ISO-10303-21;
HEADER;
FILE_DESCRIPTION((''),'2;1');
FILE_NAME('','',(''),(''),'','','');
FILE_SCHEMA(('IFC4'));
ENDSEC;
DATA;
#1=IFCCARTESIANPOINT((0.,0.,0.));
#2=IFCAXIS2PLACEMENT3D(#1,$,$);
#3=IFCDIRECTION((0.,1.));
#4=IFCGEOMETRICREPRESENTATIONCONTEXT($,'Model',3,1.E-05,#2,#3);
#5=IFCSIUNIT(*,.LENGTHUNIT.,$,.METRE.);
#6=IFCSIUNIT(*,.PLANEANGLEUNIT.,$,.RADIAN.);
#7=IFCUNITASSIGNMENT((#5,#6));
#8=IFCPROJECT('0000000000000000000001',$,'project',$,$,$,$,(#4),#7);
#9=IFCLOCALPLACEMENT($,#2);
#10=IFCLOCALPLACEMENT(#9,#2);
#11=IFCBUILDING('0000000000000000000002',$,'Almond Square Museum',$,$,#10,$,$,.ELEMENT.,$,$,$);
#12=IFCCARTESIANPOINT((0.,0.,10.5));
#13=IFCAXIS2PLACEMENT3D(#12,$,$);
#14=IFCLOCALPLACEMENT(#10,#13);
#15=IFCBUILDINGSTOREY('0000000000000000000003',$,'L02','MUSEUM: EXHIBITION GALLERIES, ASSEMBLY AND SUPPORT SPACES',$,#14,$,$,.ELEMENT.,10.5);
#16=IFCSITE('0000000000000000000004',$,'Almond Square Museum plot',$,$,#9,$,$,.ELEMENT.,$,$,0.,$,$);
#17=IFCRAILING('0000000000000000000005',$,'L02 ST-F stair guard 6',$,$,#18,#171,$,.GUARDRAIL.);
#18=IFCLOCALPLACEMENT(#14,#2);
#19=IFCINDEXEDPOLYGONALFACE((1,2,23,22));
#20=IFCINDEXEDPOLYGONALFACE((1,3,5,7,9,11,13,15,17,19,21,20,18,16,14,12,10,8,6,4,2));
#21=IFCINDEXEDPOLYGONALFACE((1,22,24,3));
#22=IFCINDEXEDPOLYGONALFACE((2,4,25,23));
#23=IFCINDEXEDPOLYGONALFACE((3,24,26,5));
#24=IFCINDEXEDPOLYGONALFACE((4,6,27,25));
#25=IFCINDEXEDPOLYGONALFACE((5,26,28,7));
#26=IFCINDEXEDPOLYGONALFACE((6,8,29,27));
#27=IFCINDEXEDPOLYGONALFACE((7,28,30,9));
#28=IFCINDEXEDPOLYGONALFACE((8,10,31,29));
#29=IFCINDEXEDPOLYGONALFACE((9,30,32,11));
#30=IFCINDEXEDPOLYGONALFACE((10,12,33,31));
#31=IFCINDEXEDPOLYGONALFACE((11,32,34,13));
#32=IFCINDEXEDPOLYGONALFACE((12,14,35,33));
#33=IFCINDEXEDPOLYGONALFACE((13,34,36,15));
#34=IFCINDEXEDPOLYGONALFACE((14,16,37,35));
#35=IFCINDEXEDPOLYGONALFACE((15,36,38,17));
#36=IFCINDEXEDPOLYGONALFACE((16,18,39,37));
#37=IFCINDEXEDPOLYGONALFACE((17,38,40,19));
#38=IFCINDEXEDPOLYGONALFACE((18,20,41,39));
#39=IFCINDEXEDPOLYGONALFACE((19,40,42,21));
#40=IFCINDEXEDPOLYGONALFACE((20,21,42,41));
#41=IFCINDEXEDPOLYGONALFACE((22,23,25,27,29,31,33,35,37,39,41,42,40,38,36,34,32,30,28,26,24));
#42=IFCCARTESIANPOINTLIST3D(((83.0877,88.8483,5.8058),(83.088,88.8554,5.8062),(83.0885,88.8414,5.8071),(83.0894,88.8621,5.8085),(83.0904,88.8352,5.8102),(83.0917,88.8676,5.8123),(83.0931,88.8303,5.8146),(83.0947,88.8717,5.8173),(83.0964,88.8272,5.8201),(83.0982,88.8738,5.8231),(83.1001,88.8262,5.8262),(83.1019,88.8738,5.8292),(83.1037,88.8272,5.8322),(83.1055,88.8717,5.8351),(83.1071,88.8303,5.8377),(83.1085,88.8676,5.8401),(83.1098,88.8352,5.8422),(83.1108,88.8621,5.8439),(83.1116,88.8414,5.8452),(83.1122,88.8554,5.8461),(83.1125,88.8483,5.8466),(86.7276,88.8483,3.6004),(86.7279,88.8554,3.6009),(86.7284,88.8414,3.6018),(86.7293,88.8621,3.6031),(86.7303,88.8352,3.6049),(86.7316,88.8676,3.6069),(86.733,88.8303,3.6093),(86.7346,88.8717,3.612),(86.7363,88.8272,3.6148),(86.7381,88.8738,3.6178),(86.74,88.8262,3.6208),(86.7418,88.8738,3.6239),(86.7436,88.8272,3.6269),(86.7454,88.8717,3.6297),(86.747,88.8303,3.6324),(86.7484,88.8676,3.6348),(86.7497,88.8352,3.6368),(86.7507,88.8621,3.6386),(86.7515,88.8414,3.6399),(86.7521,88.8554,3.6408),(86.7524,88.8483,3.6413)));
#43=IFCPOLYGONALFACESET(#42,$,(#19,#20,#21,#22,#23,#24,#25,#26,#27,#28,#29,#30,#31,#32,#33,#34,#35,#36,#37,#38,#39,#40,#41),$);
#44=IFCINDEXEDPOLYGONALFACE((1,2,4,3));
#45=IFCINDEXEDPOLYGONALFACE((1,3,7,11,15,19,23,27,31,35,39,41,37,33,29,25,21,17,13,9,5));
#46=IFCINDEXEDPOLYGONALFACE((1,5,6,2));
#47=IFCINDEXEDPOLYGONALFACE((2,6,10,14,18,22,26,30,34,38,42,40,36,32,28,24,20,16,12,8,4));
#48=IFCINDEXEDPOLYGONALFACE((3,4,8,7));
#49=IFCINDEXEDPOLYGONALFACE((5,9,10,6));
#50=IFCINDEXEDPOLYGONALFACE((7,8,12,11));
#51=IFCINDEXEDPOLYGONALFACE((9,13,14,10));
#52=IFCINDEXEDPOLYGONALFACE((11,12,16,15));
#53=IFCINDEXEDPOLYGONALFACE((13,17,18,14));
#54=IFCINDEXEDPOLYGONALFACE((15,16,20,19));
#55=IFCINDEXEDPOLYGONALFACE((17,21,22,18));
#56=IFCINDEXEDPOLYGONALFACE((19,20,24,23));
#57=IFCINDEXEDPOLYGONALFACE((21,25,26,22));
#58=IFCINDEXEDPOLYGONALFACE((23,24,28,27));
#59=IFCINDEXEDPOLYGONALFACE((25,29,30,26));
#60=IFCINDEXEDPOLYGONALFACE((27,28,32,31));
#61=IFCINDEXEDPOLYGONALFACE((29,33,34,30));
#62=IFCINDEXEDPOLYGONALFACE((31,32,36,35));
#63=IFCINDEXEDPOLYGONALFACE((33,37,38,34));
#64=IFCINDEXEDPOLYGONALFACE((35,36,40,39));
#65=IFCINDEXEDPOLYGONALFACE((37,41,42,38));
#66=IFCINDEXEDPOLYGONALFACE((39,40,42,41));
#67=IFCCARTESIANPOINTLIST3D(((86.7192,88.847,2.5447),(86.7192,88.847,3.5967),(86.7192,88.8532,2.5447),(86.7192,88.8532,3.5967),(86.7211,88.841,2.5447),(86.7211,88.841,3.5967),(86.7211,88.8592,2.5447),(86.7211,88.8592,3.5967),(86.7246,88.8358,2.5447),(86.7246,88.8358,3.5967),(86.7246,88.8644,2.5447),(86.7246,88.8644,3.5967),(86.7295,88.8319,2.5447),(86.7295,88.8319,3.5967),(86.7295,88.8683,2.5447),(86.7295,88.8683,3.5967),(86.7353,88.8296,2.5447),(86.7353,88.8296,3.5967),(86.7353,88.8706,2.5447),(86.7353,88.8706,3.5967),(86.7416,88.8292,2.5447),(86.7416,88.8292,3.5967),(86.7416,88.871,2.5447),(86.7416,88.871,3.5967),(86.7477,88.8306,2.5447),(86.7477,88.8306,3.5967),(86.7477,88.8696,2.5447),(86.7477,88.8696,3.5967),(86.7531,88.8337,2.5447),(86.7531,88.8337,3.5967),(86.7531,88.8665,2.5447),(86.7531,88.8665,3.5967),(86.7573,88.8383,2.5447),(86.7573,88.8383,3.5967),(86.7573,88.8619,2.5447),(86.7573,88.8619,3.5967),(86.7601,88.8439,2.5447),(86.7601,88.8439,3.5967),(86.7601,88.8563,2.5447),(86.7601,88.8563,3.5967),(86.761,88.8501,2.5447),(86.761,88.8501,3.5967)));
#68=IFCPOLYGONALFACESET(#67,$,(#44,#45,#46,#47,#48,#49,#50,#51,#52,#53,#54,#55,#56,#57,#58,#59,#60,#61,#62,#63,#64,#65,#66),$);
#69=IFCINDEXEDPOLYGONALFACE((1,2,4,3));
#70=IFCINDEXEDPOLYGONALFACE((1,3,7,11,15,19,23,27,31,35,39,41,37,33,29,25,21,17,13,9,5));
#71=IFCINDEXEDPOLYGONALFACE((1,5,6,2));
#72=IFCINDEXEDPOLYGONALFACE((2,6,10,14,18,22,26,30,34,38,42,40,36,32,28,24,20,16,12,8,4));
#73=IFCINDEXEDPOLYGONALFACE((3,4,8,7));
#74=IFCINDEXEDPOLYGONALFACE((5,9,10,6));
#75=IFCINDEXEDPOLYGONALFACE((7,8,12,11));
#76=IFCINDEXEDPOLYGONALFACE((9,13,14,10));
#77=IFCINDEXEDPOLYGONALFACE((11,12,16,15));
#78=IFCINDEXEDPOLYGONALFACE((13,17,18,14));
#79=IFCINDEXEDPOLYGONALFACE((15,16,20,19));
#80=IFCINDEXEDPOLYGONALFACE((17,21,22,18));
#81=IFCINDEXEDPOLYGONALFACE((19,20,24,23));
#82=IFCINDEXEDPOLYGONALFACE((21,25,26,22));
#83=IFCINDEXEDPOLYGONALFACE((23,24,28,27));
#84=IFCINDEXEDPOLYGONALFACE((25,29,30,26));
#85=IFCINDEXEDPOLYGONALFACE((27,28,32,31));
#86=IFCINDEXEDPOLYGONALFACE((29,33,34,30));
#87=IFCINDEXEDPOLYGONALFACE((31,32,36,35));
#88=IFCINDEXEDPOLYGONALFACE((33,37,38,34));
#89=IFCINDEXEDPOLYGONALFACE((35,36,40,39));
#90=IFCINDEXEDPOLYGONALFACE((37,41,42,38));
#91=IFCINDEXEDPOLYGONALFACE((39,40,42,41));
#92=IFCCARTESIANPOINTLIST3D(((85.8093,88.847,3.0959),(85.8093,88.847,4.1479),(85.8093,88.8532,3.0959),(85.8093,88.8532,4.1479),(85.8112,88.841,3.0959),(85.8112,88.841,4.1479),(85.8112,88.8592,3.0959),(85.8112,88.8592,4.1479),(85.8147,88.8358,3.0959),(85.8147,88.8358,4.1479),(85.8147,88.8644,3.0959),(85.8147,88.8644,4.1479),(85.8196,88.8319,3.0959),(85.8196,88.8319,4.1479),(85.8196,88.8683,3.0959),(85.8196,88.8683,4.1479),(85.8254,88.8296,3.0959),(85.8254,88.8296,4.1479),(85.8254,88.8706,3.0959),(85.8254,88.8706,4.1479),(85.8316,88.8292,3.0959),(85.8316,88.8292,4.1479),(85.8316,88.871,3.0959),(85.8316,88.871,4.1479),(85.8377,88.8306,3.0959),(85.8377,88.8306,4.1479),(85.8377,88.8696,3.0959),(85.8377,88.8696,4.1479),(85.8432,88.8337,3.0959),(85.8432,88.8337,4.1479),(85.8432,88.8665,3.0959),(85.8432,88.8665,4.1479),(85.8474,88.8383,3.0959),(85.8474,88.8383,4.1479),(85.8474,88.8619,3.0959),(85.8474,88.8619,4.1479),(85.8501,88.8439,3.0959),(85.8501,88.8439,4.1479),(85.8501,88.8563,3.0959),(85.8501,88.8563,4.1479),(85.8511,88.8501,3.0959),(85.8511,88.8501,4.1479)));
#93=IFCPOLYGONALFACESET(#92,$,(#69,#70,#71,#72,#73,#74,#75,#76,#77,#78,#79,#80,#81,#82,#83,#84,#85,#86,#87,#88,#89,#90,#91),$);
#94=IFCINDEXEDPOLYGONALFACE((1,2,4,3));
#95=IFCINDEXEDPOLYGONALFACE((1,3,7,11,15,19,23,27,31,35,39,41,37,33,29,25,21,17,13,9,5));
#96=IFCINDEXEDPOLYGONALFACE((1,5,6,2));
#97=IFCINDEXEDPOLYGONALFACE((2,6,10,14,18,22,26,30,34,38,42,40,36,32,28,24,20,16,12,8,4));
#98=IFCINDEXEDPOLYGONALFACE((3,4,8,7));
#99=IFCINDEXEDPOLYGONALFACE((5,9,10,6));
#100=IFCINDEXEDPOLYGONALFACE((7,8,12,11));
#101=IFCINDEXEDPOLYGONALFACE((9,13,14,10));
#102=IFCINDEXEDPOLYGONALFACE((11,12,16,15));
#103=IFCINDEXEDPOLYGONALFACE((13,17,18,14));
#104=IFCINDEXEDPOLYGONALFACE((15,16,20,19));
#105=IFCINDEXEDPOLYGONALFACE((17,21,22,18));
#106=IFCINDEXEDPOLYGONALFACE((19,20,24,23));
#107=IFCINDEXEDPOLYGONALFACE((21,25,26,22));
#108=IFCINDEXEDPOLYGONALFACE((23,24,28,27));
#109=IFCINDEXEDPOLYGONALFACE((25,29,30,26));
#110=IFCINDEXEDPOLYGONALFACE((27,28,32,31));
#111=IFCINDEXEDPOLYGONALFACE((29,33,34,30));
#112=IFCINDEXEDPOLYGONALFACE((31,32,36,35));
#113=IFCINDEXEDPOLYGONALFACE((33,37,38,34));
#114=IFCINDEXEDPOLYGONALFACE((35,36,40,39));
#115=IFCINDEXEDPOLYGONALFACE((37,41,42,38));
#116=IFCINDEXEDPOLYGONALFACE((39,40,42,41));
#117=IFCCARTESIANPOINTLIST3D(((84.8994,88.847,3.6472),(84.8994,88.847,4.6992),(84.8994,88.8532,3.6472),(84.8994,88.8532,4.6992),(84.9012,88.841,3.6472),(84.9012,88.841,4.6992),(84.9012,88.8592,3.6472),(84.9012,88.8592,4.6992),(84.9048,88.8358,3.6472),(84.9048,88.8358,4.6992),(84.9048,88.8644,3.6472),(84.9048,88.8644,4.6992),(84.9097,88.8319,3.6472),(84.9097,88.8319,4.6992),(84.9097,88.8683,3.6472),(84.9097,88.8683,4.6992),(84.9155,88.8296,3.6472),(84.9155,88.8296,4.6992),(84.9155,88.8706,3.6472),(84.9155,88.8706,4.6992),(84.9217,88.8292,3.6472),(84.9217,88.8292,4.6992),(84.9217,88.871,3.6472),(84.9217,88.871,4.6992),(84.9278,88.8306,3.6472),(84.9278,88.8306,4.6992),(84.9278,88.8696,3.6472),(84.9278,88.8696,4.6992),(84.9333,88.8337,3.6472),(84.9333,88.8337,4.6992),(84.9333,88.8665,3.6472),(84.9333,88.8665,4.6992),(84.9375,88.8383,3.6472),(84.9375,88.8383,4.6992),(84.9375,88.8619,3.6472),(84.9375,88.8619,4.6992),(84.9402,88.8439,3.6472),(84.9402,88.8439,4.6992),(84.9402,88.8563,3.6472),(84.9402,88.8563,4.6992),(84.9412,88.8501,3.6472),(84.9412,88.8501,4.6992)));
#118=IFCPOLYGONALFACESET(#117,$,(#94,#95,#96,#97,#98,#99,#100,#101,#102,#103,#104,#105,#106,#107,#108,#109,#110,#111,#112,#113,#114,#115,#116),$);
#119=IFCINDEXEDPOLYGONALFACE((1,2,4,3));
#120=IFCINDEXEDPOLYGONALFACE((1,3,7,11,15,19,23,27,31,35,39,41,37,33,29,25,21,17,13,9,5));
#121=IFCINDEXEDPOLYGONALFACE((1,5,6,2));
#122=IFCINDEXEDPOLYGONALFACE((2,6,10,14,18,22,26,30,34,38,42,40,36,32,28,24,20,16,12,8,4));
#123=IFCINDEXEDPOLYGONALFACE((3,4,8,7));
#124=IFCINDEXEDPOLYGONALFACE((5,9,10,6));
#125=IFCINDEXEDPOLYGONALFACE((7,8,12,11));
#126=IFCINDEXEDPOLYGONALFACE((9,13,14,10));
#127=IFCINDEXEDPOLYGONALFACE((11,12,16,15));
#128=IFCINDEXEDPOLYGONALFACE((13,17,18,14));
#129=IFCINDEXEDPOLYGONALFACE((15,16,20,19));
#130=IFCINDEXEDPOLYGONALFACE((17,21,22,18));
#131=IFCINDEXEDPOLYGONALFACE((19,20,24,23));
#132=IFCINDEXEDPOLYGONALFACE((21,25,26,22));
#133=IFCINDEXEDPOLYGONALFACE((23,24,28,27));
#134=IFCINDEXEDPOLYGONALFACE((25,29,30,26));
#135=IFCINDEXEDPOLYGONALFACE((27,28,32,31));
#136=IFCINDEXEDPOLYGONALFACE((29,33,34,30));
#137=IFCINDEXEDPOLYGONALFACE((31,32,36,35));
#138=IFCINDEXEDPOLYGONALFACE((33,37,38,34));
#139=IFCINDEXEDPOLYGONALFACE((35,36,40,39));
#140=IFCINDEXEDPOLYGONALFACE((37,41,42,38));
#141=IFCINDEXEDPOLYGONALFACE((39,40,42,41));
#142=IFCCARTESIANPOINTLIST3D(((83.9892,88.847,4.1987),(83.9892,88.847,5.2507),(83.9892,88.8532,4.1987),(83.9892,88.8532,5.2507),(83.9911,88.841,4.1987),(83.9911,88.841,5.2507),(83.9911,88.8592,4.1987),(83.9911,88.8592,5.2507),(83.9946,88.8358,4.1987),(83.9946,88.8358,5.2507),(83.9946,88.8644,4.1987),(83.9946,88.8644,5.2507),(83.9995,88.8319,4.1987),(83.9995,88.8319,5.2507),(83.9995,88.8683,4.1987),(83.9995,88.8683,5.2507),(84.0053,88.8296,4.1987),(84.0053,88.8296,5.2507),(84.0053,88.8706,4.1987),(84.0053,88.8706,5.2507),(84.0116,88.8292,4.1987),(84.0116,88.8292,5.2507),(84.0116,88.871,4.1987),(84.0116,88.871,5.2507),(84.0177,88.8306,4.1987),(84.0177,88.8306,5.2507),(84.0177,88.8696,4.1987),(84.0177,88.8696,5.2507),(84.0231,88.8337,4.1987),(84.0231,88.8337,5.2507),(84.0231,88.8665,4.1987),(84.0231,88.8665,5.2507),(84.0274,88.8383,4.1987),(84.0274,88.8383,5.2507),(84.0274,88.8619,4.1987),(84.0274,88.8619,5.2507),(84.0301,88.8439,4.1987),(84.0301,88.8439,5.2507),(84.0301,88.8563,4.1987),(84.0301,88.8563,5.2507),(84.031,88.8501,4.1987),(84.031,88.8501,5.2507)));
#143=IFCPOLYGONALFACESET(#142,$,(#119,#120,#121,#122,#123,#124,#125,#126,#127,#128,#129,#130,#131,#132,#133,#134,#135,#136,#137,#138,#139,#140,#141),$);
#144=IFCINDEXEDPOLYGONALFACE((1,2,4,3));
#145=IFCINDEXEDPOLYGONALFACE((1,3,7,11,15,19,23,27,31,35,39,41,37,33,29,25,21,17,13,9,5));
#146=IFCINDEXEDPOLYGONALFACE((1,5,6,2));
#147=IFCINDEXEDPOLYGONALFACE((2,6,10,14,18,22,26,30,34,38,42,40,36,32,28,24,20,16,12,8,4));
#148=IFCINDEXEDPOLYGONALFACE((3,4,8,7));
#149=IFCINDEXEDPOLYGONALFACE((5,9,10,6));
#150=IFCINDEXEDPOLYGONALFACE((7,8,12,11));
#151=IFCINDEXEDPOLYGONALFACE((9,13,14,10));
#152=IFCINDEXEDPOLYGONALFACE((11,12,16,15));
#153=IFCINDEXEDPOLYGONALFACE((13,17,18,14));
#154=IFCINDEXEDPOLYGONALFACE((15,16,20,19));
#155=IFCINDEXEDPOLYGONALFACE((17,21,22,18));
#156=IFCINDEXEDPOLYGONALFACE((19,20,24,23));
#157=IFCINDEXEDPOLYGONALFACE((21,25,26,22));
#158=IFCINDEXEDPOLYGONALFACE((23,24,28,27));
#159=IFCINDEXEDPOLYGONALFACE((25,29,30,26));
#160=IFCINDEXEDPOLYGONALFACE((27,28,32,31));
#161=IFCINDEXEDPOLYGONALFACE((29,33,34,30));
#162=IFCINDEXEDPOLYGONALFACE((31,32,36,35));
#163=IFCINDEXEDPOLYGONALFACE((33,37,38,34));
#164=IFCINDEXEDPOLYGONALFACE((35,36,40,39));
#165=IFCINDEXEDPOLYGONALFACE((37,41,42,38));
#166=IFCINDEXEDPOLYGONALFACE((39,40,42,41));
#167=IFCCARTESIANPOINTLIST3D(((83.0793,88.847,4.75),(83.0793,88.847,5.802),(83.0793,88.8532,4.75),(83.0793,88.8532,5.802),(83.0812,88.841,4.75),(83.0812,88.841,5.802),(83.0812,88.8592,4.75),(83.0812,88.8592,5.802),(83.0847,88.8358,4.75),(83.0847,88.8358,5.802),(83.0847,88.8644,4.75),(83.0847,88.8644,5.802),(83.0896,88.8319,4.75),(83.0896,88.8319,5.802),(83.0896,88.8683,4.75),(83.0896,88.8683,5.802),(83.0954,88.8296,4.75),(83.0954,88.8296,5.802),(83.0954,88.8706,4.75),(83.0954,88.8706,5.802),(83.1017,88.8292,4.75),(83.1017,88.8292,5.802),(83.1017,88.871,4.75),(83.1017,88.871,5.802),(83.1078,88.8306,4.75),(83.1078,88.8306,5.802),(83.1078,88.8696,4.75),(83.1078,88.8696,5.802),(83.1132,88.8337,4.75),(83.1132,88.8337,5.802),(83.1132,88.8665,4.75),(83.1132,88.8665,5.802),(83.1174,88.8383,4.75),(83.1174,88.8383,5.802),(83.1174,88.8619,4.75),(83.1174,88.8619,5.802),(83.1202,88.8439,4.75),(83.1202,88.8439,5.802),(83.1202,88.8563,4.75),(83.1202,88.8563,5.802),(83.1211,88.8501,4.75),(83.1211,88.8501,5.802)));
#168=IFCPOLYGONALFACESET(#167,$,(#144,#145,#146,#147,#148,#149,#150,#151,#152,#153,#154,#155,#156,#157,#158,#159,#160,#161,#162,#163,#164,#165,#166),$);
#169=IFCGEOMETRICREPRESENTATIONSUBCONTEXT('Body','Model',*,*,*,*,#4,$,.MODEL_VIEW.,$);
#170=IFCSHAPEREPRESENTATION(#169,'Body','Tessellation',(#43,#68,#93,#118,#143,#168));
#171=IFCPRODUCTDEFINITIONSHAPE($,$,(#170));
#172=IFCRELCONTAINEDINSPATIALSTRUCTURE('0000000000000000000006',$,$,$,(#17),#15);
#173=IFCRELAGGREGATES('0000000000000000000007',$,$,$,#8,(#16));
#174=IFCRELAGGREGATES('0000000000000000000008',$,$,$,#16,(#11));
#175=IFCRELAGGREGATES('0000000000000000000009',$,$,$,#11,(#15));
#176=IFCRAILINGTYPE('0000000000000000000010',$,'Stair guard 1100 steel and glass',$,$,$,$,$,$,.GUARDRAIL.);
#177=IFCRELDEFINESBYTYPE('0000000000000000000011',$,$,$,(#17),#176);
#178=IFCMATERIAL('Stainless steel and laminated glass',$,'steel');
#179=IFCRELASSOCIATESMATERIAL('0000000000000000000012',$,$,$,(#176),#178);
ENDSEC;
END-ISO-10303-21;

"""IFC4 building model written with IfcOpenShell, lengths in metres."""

from ifc_helpers import new_model, si_unit, direction, frame, origin, origin_2d, place, context, subcontext, project, spatial, circle, extrude, material, type_object, element, save


model = new_model("IFC4")

# Units and contexts
model_context = context("Model", 3, precision=1e-05, world=origin(), true_north=direction((0.0, 1.0)))
body_context = subcontext(model_context, "Body", "Model", "MODEL_VIEW")
ifc_project = project(units=[si_unit("LENGTHUNIT", "METRE"), si_unit("PLANEANGLEUNIT", "RADIAN")], contexts=[model_context])

# Site, building, storey
site_placement = place(None, origin())
site = spatial("IfcSite", under=ifc_project, at=site_placement, Name="Almond Square Museum plot", CompositionType="ELEMENT", RefElevation=0.0)
building_placement = place(site_placement, origin())
building = spatial("IfcBuilding", under=site, at=building_placement, Name="Almond Square Museum", CompositionType="ELEMENT")
storey_placement = place(building_placement, frame((0.0, 0.0, 10.5)))
storey = spatial("IfcBuildingStorey", under=building, at=storey_placement, Name="L02", Description="MUSEUM: EXHIBITION GALLERIES, ASSEMBLY AND SUPPORT SPACES", CompositionType="ELEMENT", Elevation=10.5)

# Railing
ifc_material_1 = material(Name="Stainless steel and laminated glass", Category="steel")
railing_type_1 = type_object("IfcRailingType", Name="Stair guard 1100 steel and glass", PredefinedType="GUARDRAIL", material=ifc_material_1)
railing_1_placement = place(storey_placement, frame((86.74, 88.8501, 2.5447)))
element("IfcRailing", 1, at=railing_1_placement, inside=storey, type_object=railing_type_1, Name="L02 ST-F stair guard 6", PredefinedType="GUARDRAIL", context=body_context, shape_type="SweptSolid", body=[
    extrude(circle(Radius=0.0239, at=origin_2d()), frame((0.0, 0.0, 1.0762), z_axis=(-0.855268, 0.0, 0.518186), x_axis=(0.0, -1.0, 0.0)), (0.0, 0.0, 1.0), 4.2559),
    extrude(circle(Radius=0.021, at=origin_2d()), origin(), (0.0, 0.0, 1.0), 1.052),
    extrude(circle(Radius=0.021, at=origin_2d()), frame((-0.9099, 0.0, 0.5513)), (0.0, 0.0, 1.0), 1.052),
    extrude(circle(Radius=0.021, at=origin_2d()), frame((-1.8198, 0.0, 1.1025)), (0.0, 0.0, 1.0), 1.052),
    extrude(circle(Radius=0.021, at=origin_2d()), frame((-2.73, 0.0, 1.6541)), (0.0, 0.0, 1.0), 1.052),
    extrude(circle(Radius=0.021, at=origin_2d()), frame((-3.6399, 0.0, 2.2053)), (0.0, 0.0, 1.0), 1.052),
])

save(model, "model.ifc")
